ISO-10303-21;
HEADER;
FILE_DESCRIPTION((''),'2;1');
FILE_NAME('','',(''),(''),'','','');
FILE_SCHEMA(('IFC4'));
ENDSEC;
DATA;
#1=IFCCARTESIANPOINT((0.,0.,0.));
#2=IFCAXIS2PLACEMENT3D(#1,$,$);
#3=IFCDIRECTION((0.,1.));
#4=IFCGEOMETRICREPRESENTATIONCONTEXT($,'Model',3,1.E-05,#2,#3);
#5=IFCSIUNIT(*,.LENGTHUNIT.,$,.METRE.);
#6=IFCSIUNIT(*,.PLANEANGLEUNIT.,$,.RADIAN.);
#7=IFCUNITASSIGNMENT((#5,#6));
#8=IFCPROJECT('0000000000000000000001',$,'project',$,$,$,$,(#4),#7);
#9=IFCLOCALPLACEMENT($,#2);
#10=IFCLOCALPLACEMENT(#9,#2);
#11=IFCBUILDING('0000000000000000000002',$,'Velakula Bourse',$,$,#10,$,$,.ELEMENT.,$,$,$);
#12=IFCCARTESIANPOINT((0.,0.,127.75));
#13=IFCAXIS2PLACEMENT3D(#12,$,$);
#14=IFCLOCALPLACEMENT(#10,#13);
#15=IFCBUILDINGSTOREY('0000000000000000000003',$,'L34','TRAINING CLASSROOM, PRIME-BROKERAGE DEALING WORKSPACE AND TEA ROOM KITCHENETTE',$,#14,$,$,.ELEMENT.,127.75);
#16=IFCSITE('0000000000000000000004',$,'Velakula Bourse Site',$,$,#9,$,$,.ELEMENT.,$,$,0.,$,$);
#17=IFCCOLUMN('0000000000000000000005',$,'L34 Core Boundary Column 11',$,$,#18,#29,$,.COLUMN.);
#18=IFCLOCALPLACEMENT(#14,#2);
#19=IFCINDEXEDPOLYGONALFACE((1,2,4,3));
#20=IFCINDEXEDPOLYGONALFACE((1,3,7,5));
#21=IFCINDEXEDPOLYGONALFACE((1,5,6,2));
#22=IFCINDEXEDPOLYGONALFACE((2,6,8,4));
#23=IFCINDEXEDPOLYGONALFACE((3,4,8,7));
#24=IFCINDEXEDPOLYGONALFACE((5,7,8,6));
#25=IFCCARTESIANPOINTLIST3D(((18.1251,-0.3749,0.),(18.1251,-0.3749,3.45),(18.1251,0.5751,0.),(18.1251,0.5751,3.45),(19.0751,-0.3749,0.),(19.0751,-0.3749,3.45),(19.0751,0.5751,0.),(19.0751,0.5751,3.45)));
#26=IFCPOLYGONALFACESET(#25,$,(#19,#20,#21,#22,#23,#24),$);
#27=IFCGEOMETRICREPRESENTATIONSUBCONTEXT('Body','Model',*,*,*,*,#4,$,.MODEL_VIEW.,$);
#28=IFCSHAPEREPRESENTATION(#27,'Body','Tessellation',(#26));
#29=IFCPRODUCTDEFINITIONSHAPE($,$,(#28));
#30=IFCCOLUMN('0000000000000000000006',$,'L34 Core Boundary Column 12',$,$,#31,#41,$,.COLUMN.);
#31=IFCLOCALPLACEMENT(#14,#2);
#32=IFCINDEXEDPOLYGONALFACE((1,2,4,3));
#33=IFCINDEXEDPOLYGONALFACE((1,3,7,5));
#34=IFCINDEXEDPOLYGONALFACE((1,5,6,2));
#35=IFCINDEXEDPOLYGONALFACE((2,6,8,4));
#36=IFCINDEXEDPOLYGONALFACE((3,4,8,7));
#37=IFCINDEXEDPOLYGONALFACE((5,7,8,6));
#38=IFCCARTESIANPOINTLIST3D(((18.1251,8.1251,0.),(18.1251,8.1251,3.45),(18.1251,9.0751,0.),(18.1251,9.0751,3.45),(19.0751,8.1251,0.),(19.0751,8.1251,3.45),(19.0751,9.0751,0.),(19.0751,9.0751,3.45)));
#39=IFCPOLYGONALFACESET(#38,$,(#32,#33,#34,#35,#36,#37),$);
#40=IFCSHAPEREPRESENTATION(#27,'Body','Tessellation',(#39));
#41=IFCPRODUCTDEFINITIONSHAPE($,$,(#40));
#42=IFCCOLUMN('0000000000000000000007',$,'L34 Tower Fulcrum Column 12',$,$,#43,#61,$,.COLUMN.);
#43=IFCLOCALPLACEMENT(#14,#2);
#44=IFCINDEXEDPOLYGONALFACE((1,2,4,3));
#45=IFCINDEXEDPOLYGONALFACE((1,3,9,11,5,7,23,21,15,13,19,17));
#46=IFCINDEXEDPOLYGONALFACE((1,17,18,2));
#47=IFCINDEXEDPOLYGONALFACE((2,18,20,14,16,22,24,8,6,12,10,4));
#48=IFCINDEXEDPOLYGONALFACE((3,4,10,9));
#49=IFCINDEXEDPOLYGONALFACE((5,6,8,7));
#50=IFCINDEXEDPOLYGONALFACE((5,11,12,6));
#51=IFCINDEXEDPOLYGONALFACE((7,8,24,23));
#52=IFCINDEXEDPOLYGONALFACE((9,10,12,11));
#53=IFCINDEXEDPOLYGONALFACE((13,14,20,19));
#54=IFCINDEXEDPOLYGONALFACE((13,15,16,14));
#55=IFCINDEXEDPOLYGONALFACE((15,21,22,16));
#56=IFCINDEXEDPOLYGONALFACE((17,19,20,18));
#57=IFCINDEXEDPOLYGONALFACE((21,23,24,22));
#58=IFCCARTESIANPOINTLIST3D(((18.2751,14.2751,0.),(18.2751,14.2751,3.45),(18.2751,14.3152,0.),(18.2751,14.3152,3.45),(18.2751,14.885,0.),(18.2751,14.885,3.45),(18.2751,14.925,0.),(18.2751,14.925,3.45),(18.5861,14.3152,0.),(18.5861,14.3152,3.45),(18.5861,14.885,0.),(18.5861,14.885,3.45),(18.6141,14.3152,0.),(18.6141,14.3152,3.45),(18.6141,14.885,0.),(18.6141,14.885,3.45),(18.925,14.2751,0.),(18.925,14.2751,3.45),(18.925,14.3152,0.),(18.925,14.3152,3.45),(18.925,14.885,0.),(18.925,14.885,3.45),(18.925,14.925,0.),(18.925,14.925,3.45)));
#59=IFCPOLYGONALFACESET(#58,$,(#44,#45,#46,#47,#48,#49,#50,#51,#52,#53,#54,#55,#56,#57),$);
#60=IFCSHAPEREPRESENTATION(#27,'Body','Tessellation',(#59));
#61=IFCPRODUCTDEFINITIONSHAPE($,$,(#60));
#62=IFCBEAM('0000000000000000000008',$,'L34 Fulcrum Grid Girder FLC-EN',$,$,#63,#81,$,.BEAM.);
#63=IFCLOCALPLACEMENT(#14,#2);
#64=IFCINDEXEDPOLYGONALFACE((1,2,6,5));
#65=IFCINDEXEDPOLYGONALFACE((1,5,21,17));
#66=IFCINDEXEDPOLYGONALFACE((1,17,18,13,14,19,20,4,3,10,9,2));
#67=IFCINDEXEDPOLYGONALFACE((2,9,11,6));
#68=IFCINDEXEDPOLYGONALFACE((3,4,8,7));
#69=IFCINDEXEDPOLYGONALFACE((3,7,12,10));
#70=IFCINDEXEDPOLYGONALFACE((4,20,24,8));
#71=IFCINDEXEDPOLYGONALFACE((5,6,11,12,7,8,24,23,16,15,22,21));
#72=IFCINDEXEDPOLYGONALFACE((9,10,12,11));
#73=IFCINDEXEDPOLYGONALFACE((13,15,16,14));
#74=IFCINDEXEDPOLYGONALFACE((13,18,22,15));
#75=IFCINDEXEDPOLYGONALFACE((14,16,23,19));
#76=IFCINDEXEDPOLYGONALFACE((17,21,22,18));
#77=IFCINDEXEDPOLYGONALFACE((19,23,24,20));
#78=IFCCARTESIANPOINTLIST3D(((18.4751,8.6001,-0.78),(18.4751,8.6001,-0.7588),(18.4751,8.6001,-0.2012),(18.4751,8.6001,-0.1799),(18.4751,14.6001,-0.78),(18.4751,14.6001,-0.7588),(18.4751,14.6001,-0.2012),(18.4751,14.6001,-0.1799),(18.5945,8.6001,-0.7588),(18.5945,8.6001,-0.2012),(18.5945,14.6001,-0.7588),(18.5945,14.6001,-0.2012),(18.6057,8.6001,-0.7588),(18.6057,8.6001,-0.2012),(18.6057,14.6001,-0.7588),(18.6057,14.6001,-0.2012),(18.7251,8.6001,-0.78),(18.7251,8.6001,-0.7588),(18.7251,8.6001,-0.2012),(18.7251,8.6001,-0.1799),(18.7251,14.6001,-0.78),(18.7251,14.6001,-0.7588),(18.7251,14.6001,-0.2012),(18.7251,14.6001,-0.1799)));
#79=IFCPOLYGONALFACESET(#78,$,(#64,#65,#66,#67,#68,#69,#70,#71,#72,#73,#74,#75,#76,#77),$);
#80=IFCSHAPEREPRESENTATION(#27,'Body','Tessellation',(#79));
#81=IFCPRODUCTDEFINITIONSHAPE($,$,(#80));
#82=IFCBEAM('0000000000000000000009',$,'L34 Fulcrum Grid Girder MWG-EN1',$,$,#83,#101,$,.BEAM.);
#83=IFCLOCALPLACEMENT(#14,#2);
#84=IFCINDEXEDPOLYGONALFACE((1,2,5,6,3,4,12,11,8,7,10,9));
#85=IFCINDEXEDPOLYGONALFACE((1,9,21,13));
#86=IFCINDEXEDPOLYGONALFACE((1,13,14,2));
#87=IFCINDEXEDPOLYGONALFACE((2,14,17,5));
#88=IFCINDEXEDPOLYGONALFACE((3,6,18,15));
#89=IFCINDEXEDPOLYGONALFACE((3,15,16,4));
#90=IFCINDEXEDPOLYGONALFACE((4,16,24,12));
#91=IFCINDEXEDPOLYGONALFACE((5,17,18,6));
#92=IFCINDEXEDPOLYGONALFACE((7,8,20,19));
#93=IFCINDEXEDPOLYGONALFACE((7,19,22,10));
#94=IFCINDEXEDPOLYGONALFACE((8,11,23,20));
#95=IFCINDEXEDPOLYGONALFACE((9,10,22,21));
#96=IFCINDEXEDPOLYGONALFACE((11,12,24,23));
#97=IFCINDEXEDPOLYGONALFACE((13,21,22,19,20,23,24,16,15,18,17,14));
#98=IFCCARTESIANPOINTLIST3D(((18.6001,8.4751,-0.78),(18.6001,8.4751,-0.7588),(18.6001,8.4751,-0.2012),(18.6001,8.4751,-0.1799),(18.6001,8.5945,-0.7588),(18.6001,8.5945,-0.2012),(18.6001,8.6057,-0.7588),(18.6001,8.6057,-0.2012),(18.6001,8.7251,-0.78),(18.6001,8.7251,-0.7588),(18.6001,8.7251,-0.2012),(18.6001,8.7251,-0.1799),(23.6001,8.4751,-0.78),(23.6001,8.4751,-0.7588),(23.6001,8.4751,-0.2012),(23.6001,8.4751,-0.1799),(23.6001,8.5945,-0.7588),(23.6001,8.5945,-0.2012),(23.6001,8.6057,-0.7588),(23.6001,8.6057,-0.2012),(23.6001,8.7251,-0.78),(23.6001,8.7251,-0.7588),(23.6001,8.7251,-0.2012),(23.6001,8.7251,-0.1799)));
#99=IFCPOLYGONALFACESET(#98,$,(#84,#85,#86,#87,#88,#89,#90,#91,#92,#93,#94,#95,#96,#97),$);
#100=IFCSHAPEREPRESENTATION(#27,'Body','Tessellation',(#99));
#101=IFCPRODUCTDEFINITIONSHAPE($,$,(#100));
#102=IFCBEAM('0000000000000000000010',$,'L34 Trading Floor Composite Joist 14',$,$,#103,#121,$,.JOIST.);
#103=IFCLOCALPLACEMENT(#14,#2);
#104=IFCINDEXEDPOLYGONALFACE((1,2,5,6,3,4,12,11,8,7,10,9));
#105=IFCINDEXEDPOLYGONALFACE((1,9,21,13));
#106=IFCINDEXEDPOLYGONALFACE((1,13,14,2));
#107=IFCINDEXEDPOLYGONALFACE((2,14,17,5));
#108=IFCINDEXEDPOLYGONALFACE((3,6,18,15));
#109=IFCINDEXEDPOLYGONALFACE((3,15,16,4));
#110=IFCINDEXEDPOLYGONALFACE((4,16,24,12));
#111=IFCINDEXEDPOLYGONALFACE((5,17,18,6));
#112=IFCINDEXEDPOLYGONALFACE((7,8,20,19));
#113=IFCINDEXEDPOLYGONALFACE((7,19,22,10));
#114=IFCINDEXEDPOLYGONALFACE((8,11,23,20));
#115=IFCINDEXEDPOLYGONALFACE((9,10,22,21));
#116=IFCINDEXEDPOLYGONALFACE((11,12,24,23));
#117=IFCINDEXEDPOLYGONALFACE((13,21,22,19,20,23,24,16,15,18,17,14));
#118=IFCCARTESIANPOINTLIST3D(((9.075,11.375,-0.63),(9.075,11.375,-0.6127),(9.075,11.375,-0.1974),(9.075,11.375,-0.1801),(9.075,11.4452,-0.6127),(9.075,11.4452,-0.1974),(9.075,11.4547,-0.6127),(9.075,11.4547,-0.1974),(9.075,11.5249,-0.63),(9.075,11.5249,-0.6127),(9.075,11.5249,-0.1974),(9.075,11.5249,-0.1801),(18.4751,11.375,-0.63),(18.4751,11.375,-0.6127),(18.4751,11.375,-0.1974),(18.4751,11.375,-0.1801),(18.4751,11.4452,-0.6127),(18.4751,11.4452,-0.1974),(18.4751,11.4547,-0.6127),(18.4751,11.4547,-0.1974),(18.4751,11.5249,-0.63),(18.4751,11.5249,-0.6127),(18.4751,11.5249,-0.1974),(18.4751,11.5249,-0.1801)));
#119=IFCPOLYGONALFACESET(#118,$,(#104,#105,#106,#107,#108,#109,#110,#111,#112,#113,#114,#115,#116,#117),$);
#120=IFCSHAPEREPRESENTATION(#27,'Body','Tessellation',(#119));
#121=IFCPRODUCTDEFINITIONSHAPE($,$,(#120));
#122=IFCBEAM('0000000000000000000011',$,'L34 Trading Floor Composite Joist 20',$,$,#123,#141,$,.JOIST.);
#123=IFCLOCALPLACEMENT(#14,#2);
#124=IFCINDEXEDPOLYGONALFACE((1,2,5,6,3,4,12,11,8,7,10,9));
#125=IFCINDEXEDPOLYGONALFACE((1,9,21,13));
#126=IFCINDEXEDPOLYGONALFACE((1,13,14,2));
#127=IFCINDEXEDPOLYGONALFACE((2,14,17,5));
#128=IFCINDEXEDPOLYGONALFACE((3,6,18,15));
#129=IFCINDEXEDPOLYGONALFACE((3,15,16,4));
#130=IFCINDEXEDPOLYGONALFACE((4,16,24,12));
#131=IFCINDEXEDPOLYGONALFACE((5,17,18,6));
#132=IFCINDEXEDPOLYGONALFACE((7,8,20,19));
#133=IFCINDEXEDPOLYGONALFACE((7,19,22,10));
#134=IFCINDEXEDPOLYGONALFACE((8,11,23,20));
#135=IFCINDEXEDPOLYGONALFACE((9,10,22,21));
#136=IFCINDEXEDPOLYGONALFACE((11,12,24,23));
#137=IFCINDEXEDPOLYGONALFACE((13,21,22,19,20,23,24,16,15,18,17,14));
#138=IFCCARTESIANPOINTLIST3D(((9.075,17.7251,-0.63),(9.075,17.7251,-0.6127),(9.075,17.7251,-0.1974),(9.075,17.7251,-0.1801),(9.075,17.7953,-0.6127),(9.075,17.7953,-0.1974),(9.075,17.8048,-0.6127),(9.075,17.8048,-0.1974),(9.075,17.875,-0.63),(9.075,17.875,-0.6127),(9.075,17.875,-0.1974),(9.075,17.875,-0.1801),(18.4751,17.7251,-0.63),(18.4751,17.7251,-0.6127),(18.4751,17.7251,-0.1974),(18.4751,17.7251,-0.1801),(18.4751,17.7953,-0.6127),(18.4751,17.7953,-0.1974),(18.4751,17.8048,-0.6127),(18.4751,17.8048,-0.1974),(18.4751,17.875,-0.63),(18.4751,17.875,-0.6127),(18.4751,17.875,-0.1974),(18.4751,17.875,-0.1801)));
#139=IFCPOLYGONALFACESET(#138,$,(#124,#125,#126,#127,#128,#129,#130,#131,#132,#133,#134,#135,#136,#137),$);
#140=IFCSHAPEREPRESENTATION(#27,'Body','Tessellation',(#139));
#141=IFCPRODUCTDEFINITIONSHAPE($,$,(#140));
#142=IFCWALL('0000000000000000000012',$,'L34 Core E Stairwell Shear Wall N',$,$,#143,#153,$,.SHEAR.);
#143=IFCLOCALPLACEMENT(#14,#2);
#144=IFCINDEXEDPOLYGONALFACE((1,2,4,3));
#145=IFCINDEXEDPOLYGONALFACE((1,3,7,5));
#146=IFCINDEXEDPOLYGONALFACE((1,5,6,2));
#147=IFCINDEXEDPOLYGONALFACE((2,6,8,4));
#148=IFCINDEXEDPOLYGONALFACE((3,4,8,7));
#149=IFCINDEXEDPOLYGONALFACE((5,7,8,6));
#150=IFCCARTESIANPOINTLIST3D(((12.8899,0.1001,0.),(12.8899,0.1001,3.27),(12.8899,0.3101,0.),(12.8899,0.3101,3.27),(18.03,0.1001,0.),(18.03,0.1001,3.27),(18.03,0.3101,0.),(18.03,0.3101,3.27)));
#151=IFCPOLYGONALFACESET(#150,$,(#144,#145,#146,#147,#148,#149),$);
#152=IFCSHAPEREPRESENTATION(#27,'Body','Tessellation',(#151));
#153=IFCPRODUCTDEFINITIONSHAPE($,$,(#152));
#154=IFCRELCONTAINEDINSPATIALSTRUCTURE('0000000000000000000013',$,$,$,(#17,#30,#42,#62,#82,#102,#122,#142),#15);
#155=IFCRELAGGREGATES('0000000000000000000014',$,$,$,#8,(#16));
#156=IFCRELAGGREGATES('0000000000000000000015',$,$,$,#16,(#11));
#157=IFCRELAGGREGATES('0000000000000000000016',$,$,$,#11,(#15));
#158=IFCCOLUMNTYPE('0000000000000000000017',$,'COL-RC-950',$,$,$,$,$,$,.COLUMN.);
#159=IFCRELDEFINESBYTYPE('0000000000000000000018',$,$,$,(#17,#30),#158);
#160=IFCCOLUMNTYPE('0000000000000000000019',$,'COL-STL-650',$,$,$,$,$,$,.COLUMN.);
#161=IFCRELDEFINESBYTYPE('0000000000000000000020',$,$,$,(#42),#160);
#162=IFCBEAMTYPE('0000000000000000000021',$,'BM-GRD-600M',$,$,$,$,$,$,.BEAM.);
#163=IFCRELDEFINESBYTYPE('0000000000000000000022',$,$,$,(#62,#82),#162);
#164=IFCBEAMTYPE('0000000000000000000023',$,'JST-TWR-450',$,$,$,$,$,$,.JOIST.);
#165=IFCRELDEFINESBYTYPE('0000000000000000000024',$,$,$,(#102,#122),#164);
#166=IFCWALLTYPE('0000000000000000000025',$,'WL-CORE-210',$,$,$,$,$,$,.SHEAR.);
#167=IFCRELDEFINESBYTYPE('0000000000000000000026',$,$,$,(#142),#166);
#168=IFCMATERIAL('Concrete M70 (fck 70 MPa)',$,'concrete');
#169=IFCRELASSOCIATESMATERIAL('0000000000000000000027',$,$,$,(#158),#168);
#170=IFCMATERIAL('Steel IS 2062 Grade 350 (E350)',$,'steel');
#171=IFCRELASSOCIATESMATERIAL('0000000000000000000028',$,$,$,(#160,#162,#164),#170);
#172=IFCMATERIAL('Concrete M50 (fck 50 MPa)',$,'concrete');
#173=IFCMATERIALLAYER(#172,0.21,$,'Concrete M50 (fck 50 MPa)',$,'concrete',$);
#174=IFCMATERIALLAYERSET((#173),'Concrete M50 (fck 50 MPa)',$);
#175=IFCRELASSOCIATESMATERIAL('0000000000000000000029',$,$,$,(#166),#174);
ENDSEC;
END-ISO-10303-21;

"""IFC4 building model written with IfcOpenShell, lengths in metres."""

from ifc_helpers import new_model, si_unit, direction, frame, frame_2d, origin, origin_2d, place, context, subcontext, project, spatial, rectangle, i_section, extrude, material, layer, layer_set, material_profile, profile_set, type_object, element, save


model = new_model("IFC4")

# Units and contexts
model_context = context("Model", 3, precision=1e-05, world=origin(), true_north=direction((0.0, 1.0)))
body_context = subcontext(model_context, "Body", "Model", "MODEL_VIEW")
ifc_project = project(units=[si_unit("LENGTHUNIT", "METRE"), si_unit("PLANEANGLEUNIT", "RADIAN")], contexts=[model_context])

# Site, building, storey
site_placement = place(None, origin())
site = spatial("IfcSite", under=ifc_project, at=site_placement, Name="Velakula Bourse Site", CompositionType="ELEMENT", RefElevation=0.0)
building_placement = place(site_placement, origin())
building = spatial("IfcBuilding", under=site, at=building_placement, Name="Velakula Bourse", CompositionType="ELEMENT")
storey_placement = place(building_placement, frame((0.0, 0.0, 127.75)))
storey = spatial("IfcBuildingStorey", under=building, at=storey_placement, Name="L34", Description="TRAINING CLASSROOM, PRIME-BROKERAGE DEALING WORKSPACE AND TEA ROOM KITCHENETTE", CompositionType="ELEMENT", Elevation=127.75)

# Columns
ifc_material_1 = material(Name="Concrete M70 (fck 70 MPa)", Category="concrete")
ifc_material_profile_1 = material_profile(ifc_material_1, rectangle(XDim=0.95, YDim=0.95, at=origin_2d()), Name="Concrete M70 (fck 70 MPa)")
ifc_profile_set_1 = profile_set([ifc_material_profile_1], Name="Concrete M70 (fck 70 MPa)")
column_type_1 = type_object("IfcColumnType", Name="COL-RC-950", PredefinedType="COLUMN", material=ifc_profile_set_1)
for number, where, z_axis, x_axis, name in (
    (1, (18.6001, 0.1001, 0.0), (0.0, 0.0, 1.0), (1.0, 0.0, 0.0), "L34 Core Boundary Column 11"),
    (2, (18.6001, 8.6001, 0.0), (0.0, 0.0, 1.0), (1.0, 0.0, 0.0), "L34 Core Boundary Column 12"),
):
    element("IfcColumn", number, at=place(storey_placement, frame(where, z_axis=z_axis, x_axis=x_axis)), inside=storey, type_object=column_type_1, Name=name, PredefinedType="COLUMN", context=body_context, shape_type="SweptSolid", body=[
        extrude(rectangle(XDim=0.95, YDim=0.95, at=origin_2d()), origin(), (0.0, 0.0, 1.0), 3.45),
    ])
ifc_material_2 = material(Name="Steel IS 2062 Grade 350 (E350)", Category="steel")
ifc_material_profile_2 = material_profile(ifc_material_2, i_section(OverallWidth=0.6499, OverallDepth=0.6499, WebThickness=0.0281, FlangeThickness=0.04, at=origin_2d()), Name="Steel IS 2062 Grade 350 (E350)")
ifc_profile_set_2 = profile_set([ifc_material_profile_2], Name="Steel IS 2062 Grade 350 (E350)")
column_type_2 = type_object("IfcColumnType", Name="COL-STL-650", PredefinedType="COLUMN", material=ifc_profile_set_2)
column_placement = place(storey_placement, frame((18.6001, 14.6001, 0.0), z_axis=(0.0, 0.0, 1.0), x_axis=(1.0, 0.0, 0.0)))
element("IfcColumn", 3, at=column_placement, inside=storey, type_object=column_type_2, Name="L34 Tower Fulcrum Column 12", PredefinedType="COLUMN", context=body_context, shape_type="SweptSolid", body=[
    extrude(i_section(OverallWidth=0.6499, OverallDepth=0.6499, WebThickness=0.0281, FlangeThickness=0.04, at=origin_2d()), origin(), (0.0, 0.0, 1.0), 3.45),
])

# Beams
ifc_material_profile_3 = material_profile(ifc_material_2, i_section(OverallWidth=0.25, OverallDepth=0.6001, WebThickness=0.0112, FlangeThickness=0.0212, at=origin_2d()), Name="Steel IS 2062 Grade 350 (E350)")
ifc_profile_set_3 = profile_set([ifc_material_profile_3], Name="Steel IS 2062 Grade 350 (E350)")
beam_type_1 = type_object("IfcBeamType", Name="BM-GRD-600M", PredefinedType="BEAM", material=ifc_profile_set_3)
beam_1_placement = place(storey_placement, frame((18.6001, 8.6001, -0.48), z_axis=(0.0, 1.0, 0.0), x_axis=(-1.0, 0.0, 0.0)))
element("IfcBeam", 4, at=beam_1_placement, inside=storey, type_object=beam_type_1, Name="L34 Fulcrum Grid Girder FLC-EN", PredefinedType="BEAM", context=body_context, shape_type="SweptSolid", body=[
    extrude(i_section(OverallWidth=0.25, OverallDepth=0.6001, WebThickness=0.0112, FlangeThickness=0.0212, at=origin_2d()), origin(), (0.0, 0.0, 1.0), 6.0),
])
beam_2_placement = place(storey_placement, frame((18.6001, 8.6001, -0.48), z_axis=(1.0, 0.0, 0.0), x_axis=(0.0, 1.0, 0.0)))
element("IfcBeam", 5, at=beam_2_placement, inside=storey, type_object=beam_type_1, Name="L34 Fulcrum Grid Girder MWG-EN1", PredefinedType="BEAM", context=body_context, shape_type="SweptSolid", body=[
    extrude(i_section(OverallWidth=0.25, OverallDepth=0.6001, WebThickness=0.0112, FlangeThickness=0.0212, at=origin_2d()), origin(), (0.0, 0.0, 1.0), 5.0),
])
ifc_material_profile_4 = material_profile(ifc_material_2, i_section(OverallWidth=0.1499, OverallDepth=0.45, WebThickness=0.0095, FlangeThickness=0.0173, at=origin_2d()), Name="Steel IS 2062 Grade 350 (E350)")
ifc_profile_set_4 = profile_set([ifc_material_profile_4], Name="Steel IS 2062 Grade 350 (E350)")
beam_type_2 = type_object("IfcBeamType", Name="JST-TWR-450", PredefinedType="JOIST", material=ifc_profile_set_4)
for number, where, z_axis, x_axis, name in (
    (6, (9.075, 11.45, -0.405), (1.0, 0.0, 0.0), (0.0, 1.0, 0.0), "L34 Trading Floor Composite Joist 14"),
    (7, (9.075, 17.8, -0.405), (1.0, 0.0, 0.0), (0.0, 1.0, 0.0), "L34 Trading Floor Composite Joist 20"),
):
    element("IfcBeam", number, at=place(storey_placement, frame(where, z_axis=z_axis, x_axis=x_axis)), inside=storey, type_object=beam_type_2, Name=name, PredefinedType="JOIST", context=body_context, shape_type="SweptSolid", body=[
        extrude(i_section(OverallWidth=0.1499, OverallDepth=0.45, WebThickness=0.0095, FlangeThickness=0.0173, at=origin_2d()), origin(), (0.0, 0.0, 1.0), 9.4001),
    ])

# Wall
ifc_material_3 = material(Name="Concrete M50 (fck 50 MPa)", Category="concrete")
ifc_layer_1 = layer(ifc_material_3, 0.21, Name="Concrete M50 (fck 50 MPa)", Category="concrete")
ifc_layer_set_1 = layer_set([ifc_layer_1], Name="Concrete M50 (fck 50 MPa)")
wall_type_1 = type_object("IfcWallType", Name="WL-CORE-210", PredefinedType="SHEAR", material=ifc_layer_set_1)
wall_1_placement = place(storey_placement, frame((18.03, 0.2051, 0.0), z_axis=(0.0, 0.0, 1.0), x_axis=(-1.0, 0.0, 0.0)))
element("IfcWall", 8, at=wall_1_placement, inside=storey, type_object=wall_type_1, Name="L34 Core E Stairwell Shear Wall N", PredefinedType="SHEAR", context=body_context, shape_type="SweptSolid", body=[
    extrude(rectangle(XDim=5.1401, YDim=0.21, at=frame_2d((2.5701, 0.0))), origin(), (0.0, 0.0, 1.0), 3.27),
])

save(model, "model.ifc")
